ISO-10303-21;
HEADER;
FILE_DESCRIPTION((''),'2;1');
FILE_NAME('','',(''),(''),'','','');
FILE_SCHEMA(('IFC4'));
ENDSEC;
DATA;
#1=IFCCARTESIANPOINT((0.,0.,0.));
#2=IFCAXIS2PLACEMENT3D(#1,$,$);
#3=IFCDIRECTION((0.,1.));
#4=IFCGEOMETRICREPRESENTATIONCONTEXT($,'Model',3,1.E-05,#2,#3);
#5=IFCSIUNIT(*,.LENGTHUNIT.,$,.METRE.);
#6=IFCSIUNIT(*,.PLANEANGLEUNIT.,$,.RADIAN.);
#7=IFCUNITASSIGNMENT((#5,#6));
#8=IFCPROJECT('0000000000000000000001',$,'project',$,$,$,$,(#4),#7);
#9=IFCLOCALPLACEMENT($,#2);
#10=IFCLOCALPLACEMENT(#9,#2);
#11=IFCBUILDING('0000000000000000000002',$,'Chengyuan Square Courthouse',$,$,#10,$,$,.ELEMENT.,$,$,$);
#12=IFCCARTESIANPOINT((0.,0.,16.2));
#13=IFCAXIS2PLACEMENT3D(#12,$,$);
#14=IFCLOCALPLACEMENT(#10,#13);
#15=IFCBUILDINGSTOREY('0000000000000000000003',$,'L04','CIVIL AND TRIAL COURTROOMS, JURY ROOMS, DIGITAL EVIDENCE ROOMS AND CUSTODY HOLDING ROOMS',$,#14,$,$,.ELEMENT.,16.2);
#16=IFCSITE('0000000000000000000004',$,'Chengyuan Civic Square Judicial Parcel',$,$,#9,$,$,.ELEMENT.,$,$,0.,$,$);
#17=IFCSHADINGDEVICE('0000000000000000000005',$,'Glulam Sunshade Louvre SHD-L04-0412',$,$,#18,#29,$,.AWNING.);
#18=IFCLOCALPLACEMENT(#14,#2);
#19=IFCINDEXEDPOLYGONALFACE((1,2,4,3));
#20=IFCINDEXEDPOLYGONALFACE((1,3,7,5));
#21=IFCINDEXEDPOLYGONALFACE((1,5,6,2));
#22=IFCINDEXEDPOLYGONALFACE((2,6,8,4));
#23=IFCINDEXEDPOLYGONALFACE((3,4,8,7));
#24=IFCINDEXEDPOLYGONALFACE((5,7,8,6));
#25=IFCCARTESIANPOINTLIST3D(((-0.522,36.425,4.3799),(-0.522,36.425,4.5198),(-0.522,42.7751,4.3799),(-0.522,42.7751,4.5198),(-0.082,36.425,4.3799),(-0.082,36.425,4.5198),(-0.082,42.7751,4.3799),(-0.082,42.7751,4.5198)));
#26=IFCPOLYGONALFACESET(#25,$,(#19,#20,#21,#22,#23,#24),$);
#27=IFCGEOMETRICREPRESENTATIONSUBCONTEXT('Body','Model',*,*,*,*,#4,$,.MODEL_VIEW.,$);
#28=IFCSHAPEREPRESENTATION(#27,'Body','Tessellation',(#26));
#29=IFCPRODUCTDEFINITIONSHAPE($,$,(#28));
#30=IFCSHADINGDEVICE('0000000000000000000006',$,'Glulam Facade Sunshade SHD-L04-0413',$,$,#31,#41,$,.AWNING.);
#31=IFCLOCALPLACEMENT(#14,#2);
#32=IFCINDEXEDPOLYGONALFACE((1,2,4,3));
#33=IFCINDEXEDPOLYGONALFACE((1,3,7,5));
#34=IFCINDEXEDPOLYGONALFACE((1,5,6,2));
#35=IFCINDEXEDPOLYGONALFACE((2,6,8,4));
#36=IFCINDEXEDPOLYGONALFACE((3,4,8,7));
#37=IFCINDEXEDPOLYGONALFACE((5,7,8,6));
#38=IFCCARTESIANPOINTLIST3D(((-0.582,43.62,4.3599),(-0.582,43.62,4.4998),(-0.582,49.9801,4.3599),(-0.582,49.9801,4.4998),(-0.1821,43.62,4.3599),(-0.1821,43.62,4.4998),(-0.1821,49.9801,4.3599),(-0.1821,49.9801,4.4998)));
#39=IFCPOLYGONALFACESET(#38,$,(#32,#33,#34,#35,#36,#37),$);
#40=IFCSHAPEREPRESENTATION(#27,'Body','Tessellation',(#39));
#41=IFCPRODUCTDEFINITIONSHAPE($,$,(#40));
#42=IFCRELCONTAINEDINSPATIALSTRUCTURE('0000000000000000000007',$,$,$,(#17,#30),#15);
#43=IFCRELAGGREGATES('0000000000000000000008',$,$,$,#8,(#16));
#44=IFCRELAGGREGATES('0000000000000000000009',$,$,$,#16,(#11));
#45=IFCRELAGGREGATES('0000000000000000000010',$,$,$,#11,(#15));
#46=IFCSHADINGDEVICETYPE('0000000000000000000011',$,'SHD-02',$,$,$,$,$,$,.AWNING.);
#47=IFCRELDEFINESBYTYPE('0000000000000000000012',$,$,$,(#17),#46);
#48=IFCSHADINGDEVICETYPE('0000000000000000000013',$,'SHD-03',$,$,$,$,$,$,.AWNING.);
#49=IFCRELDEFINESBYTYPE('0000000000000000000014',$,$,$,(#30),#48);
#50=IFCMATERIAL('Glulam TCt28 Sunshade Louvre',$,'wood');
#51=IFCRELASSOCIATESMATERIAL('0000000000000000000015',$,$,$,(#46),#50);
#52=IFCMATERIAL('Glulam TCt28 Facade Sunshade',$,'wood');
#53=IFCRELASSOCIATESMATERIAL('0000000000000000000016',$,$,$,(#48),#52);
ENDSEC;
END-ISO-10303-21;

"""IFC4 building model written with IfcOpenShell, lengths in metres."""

from ifc_helpers import new_model, si_unit, direction, frame, origin, origin_2d, place, context, subcontext, project, spatial, rectangle, extrude, material, type_object, element, save


model = new_model("IFC4")

# Units and contexts
model_context = context("Model", 3, precision=1e-05, world=origin(), true_north=direction((0.0, 1.0)))
body_context = subcontext(model_context, "Body", "Model", "MODEL_VIEW")
ifc_project = project(units=[si_unit("LENGTHUNIT", "METRE"), si_unit("PLANEANGLEUNIT", "RADIAN")], contexts=[model_context])

# Site, building, storey
site_placement = place(None, origin())
site = spatial("IfcSite", under=ifc_project, at=site_placement, Name="Chengyuan Civic Square Judicial Parcel", CompositionType="ELEMENT", RefElevation=0.0)
building_placement = place(site_placement, origin())
building = spatial("IfcBuilding", under=site, at=building_placement, Name="Chengyuan Square Courthouse", CompositionType="ELEMENT")
storey_placement = place(building_placement, frame((0.0, 0.0, 16.2)))
storey = spatial("IfcBuildingStorey", under=building, at=storey_placement, Name="L04", Description="CIVIL AND TRIAL COURTROOMS, JURY ROOMS, DIGITAL EVIDENCE ROOMS AND CUSTODY HOLDING ROOMS", CompositionType="ELEMENT", Elevation=16.2)

# Shading devices
ifc_material_1 = material(Name="Glulam TCt28 Sunshade Louvre", Category="wood")
shading_device_type_1 = type_object("IfcShadingDeviceType", Name="SHD-02", PredefinedType="AWNING", material=ifc_material_1)
shading_device_1_placement = place(storey_placement, frame((-0.302, 39.6001, 4.3799), z_axis=(0.0, 0.0, 1.0), x_axis=(0.0, 1.0, 0.0)))
element("IfcShadingDevice", 1, at=shading_device_1_placement, inside=storey, type_object=shading_device_type_1, Name="Glulam Sunshade Louvre SHD-L04-0412", PredefinedType="AWNING", context=body_context, shape_type="SweptSolid", body=[
    extrude(rectangle(XDim=6.3501, YDim=0.4399, at=origin_2d()), origin(), (0.0, 0.0, 1.0), 0.1399),
])
ifc_material_2 = material(Name="Glulam TCt28 Facade Sunshade", Category="wood")
shading_device_type_2 = type_object("IfcShadingDeviceType", Name="SHD-03", PredefinedType="AWNING", material=ifc_material_2)
shading_device_2_placement = place(storey_placement, frame((-0.3821, 46.8, 4.3599), z_axis=(0.0, 0.0, 1.0), x_axis=(0.0, 1.0, 0.0)))
element("IfcShadingDevice", 2, at=shading_device_2_placement, inside=storey, type_object=shading_device_type_2, Name="Glulam Facade Sunshade SHD-L04-0413", PredefinedType="AWNING", context=body_context, shape_type="SweptSolid", body=[
    extrude(rectangle(XDim=6.3601, YDim=0.3999, at=origin_2d()), origin(), (0.0, 0.0, 1.0), 0.1399),
])

save(model, "model.ifc")
